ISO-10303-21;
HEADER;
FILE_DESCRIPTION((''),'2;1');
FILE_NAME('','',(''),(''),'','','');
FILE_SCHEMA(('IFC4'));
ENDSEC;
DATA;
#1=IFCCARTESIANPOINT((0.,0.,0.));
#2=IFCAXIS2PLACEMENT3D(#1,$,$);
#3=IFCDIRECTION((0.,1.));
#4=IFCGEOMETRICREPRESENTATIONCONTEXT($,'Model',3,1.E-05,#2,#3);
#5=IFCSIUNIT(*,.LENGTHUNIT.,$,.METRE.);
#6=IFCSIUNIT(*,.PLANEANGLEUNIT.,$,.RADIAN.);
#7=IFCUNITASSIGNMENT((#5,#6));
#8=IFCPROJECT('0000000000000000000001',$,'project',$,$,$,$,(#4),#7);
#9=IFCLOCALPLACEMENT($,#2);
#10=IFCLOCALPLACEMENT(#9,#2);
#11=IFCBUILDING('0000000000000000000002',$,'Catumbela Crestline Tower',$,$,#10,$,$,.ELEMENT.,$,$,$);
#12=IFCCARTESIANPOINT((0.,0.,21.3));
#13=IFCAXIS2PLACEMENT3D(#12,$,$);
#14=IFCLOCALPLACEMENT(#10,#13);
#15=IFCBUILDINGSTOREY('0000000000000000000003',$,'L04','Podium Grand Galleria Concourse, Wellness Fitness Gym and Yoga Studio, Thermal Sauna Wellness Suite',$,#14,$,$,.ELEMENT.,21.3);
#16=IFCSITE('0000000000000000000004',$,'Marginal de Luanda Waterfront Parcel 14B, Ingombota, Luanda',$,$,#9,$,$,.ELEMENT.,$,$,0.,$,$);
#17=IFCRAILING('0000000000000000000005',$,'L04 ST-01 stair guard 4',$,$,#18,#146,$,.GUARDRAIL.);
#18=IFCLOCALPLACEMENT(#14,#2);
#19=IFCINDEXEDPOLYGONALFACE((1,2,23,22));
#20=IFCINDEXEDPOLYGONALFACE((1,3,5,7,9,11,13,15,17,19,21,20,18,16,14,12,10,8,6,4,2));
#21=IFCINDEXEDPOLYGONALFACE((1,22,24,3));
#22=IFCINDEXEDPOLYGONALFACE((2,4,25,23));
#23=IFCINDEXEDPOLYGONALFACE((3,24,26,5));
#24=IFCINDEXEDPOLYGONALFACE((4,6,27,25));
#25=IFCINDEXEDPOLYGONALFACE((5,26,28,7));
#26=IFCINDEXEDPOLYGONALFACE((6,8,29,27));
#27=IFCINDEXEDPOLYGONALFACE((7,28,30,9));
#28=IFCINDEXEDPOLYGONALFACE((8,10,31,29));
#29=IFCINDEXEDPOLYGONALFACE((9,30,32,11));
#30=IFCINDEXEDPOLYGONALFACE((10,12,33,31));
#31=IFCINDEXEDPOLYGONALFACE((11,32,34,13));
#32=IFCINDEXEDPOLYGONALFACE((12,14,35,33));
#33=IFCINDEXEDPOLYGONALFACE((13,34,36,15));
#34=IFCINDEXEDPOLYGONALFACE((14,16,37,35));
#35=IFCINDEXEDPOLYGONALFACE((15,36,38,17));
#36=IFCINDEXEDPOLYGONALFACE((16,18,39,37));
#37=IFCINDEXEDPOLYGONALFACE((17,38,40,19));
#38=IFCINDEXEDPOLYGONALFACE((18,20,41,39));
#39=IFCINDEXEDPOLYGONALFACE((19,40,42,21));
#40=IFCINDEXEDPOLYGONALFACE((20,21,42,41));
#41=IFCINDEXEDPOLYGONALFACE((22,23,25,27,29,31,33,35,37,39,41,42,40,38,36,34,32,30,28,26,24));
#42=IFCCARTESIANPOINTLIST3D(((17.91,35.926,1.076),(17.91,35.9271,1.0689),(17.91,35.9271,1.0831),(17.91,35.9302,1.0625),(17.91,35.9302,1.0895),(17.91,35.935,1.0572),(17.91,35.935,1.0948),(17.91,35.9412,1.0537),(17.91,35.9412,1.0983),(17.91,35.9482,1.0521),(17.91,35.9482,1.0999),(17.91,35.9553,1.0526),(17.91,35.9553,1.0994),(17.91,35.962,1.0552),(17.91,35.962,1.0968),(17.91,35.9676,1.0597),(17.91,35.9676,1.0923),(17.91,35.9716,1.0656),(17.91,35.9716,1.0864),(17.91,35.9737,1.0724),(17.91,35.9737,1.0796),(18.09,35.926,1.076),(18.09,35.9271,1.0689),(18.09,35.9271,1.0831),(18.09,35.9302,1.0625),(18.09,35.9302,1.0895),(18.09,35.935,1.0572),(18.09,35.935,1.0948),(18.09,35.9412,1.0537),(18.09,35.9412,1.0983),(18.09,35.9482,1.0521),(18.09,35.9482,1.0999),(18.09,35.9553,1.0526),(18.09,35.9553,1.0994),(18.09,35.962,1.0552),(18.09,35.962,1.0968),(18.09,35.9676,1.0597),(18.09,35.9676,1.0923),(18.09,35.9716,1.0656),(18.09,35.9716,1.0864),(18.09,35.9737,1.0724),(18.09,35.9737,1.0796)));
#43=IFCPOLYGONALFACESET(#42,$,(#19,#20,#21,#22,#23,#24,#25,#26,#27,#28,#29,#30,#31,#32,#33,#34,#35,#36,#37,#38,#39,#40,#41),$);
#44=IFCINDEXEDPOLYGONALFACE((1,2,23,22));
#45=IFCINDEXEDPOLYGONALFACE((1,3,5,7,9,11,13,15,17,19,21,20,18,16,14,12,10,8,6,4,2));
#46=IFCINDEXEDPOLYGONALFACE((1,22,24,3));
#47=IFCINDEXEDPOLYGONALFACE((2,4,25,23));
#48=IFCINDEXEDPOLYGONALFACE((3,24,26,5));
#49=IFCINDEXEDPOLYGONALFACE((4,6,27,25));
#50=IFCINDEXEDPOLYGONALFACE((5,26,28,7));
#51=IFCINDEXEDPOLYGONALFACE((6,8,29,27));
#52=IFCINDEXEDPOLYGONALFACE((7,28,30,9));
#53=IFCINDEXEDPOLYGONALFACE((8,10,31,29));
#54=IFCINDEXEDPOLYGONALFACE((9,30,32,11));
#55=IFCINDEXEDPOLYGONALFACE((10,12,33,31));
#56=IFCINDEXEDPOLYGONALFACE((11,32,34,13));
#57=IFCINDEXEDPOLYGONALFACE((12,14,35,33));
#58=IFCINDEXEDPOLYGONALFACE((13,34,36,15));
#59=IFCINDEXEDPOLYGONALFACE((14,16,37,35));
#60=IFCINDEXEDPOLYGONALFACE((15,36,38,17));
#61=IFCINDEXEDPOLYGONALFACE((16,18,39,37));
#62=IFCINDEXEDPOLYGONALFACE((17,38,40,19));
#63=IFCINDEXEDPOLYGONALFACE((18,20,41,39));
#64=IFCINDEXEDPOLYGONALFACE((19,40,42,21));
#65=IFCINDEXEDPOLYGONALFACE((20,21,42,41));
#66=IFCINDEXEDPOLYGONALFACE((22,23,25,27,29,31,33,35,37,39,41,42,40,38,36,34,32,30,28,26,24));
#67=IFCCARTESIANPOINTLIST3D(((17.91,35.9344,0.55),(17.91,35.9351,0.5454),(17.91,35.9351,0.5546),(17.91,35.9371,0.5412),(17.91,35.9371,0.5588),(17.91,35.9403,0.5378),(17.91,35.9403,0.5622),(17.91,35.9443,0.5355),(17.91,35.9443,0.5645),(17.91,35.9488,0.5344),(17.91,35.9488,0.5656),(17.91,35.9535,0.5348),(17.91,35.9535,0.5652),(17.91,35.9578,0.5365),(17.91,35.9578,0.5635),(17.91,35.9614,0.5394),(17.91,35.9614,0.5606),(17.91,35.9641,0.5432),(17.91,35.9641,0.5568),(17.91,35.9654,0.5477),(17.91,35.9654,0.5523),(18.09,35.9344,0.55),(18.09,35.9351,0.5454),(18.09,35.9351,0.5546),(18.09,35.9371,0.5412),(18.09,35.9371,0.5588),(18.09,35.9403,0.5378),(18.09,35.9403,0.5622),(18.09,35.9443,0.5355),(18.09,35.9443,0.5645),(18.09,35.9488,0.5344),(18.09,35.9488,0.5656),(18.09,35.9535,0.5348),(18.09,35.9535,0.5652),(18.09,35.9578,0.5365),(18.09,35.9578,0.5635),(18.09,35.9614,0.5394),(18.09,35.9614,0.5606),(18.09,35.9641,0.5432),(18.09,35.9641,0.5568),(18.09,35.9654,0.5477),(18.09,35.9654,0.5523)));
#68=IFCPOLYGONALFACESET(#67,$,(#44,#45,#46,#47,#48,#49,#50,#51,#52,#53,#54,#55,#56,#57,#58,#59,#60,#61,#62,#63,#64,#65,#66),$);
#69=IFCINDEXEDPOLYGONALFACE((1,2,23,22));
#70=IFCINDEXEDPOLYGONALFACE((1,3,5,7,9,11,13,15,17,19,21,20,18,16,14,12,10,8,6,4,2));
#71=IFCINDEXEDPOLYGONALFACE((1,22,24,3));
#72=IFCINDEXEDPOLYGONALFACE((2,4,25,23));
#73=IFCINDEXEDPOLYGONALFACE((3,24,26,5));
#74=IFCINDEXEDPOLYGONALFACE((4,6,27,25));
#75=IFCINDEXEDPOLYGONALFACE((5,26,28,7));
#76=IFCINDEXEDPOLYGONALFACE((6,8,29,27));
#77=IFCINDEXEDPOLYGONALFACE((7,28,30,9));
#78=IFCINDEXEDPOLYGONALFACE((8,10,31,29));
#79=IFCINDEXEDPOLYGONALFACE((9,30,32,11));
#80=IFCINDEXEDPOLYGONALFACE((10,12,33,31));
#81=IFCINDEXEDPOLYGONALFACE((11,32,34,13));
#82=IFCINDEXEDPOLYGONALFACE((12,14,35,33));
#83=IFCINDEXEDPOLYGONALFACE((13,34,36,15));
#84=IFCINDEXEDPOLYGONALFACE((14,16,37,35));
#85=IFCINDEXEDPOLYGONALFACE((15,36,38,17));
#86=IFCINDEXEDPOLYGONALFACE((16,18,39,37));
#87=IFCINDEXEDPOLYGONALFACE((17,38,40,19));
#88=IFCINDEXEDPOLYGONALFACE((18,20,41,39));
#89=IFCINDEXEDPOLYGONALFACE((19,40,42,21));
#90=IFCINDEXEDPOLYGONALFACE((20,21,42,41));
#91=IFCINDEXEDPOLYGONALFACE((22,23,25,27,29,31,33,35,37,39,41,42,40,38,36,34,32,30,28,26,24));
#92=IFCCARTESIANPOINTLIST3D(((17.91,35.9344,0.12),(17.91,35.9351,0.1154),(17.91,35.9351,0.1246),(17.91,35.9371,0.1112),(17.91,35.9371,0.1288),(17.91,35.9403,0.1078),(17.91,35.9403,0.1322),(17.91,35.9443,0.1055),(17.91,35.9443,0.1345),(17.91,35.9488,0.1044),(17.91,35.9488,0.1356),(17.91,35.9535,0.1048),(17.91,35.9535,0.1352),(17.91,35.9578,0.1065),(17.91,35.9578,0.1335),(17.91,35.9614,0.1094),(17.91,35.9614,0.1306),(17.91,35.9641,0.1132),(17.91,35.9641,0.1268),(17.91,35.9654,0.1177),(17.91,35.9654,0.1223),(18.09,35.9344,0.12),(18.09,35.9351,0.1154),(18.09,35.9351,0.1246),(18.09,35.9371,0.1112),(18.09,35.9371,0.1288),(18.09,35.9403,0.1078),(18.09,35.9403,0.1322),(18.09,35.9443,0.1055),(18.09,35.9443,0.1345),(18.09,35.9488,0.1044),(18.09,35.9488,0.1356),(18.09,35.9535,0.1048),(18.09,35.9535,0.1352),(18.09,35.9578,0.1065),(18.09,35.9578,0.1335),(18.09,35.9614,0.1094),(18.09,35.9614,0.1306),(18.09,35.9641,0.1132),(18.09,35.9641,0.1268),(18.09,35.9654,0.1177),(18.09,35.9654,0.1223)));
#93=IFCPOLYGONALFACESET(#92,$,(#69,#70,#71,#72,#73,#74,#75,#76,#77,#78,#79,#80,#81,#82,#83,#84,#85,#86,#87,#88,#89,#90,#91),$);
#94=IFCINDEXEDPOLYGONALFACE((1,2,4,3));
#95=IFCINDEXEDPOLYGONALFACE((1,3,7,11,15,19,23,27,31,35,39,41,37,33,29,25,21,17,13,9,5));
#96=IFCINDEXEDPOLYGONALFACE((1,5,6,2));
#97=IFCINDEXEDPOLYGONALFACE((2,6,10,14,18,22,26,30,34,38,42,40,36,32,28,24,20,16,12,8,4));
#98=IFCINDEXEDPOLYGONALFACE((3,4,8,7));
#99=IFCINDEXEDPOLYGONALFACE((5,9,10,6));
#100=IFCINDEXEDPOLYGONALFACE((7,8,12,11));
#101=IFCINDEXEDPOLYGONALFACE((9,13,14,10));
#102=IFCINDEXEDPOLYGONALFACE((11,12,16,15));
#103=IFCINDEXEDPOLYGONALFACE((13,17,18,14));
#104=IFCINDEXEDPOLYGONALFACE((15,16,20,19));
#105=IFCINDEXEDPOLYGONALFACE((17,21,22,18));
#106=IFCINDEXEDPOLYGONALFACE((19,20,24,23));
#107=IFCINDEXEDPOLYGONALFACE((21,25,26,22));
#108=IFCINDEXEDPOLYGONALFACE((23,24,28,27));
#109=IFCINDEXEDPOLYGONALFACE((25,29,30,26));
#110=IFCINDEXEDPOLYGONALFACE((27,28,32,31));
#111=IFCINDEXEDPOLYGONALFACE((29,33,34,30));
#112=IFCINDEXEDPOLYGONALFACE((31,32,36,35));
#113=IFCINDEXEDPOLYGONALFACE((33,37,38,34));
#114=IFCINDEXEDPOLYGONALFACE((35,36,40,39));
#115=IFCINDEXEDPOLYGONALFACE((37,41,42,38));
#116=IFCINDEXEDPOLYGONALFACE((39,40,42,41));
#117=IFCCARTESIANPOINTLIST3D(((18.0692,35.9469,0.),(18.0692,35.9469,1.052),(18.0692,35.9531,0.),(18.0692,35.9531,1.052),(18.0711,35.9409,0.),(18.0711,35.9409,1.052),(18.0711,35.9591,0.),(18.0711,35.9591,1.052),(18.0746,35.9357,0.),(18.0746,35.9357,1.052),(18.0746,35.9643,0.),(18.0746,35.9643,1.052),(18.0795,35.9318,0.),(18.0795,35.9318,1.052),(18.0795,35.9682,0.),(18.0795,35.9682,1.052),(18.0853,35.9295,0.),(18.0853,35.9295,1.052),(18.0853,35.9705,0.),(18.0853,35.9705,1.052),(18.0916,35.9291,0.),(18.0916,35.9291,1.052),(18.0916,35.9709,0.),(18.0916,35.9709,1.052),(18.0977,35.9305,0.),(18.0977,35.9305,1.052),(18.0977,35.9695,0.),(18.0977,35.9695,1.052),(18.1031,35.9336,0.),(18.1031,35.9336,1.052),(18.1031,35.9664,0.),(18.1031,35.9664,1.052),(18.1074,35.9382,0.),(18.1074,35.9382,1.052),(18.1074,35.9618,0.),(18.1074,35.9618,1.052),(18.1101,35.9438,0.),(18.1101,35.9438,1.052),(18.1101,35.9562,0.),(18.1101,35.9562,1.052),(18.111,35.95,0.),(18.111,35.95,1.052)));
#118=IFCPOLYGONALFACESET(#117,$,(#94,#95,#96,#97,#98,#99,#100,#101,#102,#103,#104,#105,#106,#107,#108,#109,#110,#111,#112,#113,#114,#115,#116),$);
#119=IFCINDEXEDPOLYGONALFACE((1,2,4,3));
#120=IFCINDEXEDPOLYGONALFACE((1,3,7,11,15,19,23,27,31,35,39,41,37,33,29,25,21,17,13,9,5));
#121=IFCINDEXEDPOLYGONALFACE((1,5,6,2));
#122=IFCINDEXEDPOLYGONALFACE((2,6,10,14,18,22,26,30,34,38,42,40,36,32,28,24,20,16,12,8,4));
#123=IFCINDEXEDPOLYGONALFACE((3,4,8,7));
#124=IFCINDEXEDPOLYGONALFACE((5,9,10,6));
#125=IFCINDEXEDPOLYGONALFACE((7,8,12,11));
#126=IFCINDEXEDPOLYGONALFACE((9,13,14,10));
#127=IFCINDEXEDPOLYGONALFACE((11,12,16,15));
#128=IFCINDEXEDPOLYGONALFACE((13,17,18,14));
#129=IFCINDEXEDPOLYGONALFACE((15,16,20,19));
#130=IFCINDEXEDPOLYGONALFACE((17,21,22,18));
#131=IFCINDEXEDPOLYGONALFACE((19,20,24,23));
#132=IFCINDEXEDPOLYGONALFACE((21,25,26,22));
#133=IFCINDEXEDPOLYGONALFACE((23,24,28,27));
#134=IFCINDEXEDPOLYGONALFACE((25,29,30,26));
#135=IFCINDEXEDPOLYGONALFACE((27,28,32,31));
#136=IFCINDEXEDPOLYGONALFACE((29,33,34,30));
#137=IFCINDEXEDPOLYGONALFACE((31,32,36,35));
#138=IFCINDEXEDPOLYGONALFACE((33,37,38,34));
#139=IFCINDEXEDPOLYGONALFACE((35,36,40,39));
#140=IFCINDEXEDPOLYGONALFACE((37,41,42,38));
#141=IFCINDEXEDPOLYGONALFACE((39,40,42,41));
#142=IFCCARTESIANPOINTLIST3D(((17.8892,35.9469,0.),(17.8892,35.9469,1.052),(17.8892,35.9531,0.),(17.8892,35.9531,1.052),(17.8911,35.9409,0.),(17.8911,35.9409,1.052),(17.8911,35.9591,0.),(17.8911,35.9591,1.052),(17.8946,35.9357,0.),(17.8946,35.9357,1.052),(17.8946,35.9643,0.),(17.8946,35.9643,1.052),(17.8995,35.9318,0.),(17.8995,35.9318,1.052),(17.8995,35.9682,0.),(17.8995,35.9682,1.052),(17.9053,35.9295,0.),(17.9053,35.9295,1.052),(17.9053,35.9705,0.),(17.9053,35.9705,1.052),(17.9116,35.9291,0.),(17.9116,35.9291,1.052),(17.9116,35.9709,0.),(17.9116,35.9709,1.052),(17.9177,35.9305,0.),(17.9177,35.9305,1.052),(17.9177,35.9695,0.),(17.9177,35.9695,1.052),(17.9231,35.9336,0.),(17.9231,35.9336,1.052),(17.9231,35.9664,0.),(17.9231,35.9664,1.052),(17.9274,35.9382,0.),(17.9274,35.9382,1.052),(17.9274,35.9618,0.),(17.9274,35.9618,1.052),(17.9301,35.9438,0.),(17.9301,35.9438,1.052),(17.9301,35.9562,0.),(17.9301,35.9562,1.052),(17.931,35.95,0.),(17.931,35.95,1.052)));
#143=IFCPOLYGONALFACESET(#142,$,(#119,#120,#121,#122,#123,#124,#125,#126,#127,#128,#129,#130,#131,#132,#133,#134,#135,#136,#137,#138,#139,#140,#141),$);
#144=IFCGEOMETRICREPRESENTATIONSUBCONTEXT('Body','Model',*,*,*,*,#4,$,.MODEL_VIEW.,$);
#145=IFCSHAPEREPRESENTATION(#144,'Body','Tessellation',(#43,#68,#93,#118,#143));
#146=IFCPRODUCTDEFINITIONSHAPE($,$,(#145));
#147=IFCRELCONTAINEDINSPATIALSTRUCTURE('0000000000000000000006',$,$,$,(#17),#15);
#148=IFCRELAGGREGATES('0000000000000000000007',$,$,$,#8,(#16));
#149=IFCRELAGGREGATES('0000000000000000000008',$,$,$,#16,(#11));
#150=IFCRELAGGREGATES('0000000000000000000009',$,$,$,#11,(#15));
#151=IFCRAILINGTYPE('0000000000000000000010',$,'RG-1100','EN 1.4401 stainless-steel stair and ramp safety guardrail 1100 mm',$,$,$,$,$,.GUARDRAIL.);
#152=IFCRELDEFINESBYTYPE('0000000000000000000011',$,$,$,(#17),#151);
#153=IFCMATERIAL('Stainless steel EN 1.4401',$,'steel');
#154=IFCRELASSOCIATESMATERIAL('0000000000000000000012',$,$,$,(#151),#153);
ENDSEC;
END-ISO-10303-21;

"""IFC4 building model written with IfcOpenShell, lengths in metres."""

from ifc_helpers import new_model, si_unit, direction, frame, origin, origin_2d, place, context, subcontext, project, spatial, circle, extrude, material, type_object, element, save


model = new_model("IFC4")

# Units and contexts
model_context = context("Model", 3, precision=1e-05, world=origin(), true_north=direction((0.0, 1.0)))
body_context = subcontext(model_context, "Body", "Model", "MODEL_VIEW")
ifc_project = project(units=[si_unit("LENGTHUNIT", "METRE"), si_unit("PLANEANGLEUNIT", "RADIAN")], contexts=[model_context])

# Site, building, storey
site_placement = place(None, origin())
site = spatial("IfcSite", under=ifc_project, at=site_placement, Name="Marginal de Luanda Waterfront Parcel 14B, Ingombota, Luanda", CompositionType="ELEMENT", RefElevation=0.0)
building_placement = place(site_placement, origin())
building = spatial("IfcBuilding", under=site, at=building_placement, Name="Catumbela Crestline Tower", CompositionType="ELEMENT")
storey_placement = place(building_placement, frame((0.0, 0.0, 21.3)))
storey = spatial("IfcBuildingStorey", under=building, at=storey_placement, Name="L04", Description="Podium Grand Galleria Concourse, Wellness Fitness Gym and Yoga Studio, Thermal Sauna Wellness Suite", CompositionType="ELEMENT", Elevation=21.3)

# Shared definitions
ifc_material_1 = material(Name="Stainless steel EN 1.4401", Category="steel")

# Railing
railing_type_1 = type_object("IfcRailingType", Name="RG-1100", Description="EN 1.4401 stainless-steel stair and ramp safety guardrail 1100 mm", PredefinedType="GUARDRAIL", material=ifc_material_1)
railing_1_placement = place(storey_placement, frame((18.09, 35.95, 0.0)))
element("IfcRailing", 1, at=railing_1_placement, inside=storey, type_object=railing_type_1, Name="L04 ST-01 stair guard 4", PredefinedType="GUARDRAIL", context=body_context, shape_type="SweptSolid", body=[
    extrude(circle(Radius=0.024, at=origin_2d()), frame((0.0, 0.0, 1.076), z_axis=(-1.0, 0.0, 0.0), x_axis=(0.0, -1.0, 0.0)), (0.0, 0.0, 1.0), 0.18),
    extrude(circle(Radius=0.0156, at=origin_2d()), frame((0.0, 0.0, 0.55), z_axis=(-1.0, 0.0, 0.0), x_axis=(0.0, -1.0, 0.0)), (0.0, 0.0, 1.0), 0.18),
    extrude(circle(Radius=0.0156, at=origin_2d()), frame((0.0, 0.0, 0.12), z_axis=(-1.0, 0.0, 0.0), x_axis=(0.0, -1.0, 0.0)), (0.0, 0.0, 1.0), 0.18),
    extrude(circle(Radius=0.021, at=origin_2d()), origin(), (0.0, 0.0, 1.0), 1.052),
    extrude(circle(Radius=0.021, at=origin_2d()), frame((-0.18, 0.0, 0.0)), (0.0, 0.0, 1.0), 1.052),
])

save(model, "model.ifc")
